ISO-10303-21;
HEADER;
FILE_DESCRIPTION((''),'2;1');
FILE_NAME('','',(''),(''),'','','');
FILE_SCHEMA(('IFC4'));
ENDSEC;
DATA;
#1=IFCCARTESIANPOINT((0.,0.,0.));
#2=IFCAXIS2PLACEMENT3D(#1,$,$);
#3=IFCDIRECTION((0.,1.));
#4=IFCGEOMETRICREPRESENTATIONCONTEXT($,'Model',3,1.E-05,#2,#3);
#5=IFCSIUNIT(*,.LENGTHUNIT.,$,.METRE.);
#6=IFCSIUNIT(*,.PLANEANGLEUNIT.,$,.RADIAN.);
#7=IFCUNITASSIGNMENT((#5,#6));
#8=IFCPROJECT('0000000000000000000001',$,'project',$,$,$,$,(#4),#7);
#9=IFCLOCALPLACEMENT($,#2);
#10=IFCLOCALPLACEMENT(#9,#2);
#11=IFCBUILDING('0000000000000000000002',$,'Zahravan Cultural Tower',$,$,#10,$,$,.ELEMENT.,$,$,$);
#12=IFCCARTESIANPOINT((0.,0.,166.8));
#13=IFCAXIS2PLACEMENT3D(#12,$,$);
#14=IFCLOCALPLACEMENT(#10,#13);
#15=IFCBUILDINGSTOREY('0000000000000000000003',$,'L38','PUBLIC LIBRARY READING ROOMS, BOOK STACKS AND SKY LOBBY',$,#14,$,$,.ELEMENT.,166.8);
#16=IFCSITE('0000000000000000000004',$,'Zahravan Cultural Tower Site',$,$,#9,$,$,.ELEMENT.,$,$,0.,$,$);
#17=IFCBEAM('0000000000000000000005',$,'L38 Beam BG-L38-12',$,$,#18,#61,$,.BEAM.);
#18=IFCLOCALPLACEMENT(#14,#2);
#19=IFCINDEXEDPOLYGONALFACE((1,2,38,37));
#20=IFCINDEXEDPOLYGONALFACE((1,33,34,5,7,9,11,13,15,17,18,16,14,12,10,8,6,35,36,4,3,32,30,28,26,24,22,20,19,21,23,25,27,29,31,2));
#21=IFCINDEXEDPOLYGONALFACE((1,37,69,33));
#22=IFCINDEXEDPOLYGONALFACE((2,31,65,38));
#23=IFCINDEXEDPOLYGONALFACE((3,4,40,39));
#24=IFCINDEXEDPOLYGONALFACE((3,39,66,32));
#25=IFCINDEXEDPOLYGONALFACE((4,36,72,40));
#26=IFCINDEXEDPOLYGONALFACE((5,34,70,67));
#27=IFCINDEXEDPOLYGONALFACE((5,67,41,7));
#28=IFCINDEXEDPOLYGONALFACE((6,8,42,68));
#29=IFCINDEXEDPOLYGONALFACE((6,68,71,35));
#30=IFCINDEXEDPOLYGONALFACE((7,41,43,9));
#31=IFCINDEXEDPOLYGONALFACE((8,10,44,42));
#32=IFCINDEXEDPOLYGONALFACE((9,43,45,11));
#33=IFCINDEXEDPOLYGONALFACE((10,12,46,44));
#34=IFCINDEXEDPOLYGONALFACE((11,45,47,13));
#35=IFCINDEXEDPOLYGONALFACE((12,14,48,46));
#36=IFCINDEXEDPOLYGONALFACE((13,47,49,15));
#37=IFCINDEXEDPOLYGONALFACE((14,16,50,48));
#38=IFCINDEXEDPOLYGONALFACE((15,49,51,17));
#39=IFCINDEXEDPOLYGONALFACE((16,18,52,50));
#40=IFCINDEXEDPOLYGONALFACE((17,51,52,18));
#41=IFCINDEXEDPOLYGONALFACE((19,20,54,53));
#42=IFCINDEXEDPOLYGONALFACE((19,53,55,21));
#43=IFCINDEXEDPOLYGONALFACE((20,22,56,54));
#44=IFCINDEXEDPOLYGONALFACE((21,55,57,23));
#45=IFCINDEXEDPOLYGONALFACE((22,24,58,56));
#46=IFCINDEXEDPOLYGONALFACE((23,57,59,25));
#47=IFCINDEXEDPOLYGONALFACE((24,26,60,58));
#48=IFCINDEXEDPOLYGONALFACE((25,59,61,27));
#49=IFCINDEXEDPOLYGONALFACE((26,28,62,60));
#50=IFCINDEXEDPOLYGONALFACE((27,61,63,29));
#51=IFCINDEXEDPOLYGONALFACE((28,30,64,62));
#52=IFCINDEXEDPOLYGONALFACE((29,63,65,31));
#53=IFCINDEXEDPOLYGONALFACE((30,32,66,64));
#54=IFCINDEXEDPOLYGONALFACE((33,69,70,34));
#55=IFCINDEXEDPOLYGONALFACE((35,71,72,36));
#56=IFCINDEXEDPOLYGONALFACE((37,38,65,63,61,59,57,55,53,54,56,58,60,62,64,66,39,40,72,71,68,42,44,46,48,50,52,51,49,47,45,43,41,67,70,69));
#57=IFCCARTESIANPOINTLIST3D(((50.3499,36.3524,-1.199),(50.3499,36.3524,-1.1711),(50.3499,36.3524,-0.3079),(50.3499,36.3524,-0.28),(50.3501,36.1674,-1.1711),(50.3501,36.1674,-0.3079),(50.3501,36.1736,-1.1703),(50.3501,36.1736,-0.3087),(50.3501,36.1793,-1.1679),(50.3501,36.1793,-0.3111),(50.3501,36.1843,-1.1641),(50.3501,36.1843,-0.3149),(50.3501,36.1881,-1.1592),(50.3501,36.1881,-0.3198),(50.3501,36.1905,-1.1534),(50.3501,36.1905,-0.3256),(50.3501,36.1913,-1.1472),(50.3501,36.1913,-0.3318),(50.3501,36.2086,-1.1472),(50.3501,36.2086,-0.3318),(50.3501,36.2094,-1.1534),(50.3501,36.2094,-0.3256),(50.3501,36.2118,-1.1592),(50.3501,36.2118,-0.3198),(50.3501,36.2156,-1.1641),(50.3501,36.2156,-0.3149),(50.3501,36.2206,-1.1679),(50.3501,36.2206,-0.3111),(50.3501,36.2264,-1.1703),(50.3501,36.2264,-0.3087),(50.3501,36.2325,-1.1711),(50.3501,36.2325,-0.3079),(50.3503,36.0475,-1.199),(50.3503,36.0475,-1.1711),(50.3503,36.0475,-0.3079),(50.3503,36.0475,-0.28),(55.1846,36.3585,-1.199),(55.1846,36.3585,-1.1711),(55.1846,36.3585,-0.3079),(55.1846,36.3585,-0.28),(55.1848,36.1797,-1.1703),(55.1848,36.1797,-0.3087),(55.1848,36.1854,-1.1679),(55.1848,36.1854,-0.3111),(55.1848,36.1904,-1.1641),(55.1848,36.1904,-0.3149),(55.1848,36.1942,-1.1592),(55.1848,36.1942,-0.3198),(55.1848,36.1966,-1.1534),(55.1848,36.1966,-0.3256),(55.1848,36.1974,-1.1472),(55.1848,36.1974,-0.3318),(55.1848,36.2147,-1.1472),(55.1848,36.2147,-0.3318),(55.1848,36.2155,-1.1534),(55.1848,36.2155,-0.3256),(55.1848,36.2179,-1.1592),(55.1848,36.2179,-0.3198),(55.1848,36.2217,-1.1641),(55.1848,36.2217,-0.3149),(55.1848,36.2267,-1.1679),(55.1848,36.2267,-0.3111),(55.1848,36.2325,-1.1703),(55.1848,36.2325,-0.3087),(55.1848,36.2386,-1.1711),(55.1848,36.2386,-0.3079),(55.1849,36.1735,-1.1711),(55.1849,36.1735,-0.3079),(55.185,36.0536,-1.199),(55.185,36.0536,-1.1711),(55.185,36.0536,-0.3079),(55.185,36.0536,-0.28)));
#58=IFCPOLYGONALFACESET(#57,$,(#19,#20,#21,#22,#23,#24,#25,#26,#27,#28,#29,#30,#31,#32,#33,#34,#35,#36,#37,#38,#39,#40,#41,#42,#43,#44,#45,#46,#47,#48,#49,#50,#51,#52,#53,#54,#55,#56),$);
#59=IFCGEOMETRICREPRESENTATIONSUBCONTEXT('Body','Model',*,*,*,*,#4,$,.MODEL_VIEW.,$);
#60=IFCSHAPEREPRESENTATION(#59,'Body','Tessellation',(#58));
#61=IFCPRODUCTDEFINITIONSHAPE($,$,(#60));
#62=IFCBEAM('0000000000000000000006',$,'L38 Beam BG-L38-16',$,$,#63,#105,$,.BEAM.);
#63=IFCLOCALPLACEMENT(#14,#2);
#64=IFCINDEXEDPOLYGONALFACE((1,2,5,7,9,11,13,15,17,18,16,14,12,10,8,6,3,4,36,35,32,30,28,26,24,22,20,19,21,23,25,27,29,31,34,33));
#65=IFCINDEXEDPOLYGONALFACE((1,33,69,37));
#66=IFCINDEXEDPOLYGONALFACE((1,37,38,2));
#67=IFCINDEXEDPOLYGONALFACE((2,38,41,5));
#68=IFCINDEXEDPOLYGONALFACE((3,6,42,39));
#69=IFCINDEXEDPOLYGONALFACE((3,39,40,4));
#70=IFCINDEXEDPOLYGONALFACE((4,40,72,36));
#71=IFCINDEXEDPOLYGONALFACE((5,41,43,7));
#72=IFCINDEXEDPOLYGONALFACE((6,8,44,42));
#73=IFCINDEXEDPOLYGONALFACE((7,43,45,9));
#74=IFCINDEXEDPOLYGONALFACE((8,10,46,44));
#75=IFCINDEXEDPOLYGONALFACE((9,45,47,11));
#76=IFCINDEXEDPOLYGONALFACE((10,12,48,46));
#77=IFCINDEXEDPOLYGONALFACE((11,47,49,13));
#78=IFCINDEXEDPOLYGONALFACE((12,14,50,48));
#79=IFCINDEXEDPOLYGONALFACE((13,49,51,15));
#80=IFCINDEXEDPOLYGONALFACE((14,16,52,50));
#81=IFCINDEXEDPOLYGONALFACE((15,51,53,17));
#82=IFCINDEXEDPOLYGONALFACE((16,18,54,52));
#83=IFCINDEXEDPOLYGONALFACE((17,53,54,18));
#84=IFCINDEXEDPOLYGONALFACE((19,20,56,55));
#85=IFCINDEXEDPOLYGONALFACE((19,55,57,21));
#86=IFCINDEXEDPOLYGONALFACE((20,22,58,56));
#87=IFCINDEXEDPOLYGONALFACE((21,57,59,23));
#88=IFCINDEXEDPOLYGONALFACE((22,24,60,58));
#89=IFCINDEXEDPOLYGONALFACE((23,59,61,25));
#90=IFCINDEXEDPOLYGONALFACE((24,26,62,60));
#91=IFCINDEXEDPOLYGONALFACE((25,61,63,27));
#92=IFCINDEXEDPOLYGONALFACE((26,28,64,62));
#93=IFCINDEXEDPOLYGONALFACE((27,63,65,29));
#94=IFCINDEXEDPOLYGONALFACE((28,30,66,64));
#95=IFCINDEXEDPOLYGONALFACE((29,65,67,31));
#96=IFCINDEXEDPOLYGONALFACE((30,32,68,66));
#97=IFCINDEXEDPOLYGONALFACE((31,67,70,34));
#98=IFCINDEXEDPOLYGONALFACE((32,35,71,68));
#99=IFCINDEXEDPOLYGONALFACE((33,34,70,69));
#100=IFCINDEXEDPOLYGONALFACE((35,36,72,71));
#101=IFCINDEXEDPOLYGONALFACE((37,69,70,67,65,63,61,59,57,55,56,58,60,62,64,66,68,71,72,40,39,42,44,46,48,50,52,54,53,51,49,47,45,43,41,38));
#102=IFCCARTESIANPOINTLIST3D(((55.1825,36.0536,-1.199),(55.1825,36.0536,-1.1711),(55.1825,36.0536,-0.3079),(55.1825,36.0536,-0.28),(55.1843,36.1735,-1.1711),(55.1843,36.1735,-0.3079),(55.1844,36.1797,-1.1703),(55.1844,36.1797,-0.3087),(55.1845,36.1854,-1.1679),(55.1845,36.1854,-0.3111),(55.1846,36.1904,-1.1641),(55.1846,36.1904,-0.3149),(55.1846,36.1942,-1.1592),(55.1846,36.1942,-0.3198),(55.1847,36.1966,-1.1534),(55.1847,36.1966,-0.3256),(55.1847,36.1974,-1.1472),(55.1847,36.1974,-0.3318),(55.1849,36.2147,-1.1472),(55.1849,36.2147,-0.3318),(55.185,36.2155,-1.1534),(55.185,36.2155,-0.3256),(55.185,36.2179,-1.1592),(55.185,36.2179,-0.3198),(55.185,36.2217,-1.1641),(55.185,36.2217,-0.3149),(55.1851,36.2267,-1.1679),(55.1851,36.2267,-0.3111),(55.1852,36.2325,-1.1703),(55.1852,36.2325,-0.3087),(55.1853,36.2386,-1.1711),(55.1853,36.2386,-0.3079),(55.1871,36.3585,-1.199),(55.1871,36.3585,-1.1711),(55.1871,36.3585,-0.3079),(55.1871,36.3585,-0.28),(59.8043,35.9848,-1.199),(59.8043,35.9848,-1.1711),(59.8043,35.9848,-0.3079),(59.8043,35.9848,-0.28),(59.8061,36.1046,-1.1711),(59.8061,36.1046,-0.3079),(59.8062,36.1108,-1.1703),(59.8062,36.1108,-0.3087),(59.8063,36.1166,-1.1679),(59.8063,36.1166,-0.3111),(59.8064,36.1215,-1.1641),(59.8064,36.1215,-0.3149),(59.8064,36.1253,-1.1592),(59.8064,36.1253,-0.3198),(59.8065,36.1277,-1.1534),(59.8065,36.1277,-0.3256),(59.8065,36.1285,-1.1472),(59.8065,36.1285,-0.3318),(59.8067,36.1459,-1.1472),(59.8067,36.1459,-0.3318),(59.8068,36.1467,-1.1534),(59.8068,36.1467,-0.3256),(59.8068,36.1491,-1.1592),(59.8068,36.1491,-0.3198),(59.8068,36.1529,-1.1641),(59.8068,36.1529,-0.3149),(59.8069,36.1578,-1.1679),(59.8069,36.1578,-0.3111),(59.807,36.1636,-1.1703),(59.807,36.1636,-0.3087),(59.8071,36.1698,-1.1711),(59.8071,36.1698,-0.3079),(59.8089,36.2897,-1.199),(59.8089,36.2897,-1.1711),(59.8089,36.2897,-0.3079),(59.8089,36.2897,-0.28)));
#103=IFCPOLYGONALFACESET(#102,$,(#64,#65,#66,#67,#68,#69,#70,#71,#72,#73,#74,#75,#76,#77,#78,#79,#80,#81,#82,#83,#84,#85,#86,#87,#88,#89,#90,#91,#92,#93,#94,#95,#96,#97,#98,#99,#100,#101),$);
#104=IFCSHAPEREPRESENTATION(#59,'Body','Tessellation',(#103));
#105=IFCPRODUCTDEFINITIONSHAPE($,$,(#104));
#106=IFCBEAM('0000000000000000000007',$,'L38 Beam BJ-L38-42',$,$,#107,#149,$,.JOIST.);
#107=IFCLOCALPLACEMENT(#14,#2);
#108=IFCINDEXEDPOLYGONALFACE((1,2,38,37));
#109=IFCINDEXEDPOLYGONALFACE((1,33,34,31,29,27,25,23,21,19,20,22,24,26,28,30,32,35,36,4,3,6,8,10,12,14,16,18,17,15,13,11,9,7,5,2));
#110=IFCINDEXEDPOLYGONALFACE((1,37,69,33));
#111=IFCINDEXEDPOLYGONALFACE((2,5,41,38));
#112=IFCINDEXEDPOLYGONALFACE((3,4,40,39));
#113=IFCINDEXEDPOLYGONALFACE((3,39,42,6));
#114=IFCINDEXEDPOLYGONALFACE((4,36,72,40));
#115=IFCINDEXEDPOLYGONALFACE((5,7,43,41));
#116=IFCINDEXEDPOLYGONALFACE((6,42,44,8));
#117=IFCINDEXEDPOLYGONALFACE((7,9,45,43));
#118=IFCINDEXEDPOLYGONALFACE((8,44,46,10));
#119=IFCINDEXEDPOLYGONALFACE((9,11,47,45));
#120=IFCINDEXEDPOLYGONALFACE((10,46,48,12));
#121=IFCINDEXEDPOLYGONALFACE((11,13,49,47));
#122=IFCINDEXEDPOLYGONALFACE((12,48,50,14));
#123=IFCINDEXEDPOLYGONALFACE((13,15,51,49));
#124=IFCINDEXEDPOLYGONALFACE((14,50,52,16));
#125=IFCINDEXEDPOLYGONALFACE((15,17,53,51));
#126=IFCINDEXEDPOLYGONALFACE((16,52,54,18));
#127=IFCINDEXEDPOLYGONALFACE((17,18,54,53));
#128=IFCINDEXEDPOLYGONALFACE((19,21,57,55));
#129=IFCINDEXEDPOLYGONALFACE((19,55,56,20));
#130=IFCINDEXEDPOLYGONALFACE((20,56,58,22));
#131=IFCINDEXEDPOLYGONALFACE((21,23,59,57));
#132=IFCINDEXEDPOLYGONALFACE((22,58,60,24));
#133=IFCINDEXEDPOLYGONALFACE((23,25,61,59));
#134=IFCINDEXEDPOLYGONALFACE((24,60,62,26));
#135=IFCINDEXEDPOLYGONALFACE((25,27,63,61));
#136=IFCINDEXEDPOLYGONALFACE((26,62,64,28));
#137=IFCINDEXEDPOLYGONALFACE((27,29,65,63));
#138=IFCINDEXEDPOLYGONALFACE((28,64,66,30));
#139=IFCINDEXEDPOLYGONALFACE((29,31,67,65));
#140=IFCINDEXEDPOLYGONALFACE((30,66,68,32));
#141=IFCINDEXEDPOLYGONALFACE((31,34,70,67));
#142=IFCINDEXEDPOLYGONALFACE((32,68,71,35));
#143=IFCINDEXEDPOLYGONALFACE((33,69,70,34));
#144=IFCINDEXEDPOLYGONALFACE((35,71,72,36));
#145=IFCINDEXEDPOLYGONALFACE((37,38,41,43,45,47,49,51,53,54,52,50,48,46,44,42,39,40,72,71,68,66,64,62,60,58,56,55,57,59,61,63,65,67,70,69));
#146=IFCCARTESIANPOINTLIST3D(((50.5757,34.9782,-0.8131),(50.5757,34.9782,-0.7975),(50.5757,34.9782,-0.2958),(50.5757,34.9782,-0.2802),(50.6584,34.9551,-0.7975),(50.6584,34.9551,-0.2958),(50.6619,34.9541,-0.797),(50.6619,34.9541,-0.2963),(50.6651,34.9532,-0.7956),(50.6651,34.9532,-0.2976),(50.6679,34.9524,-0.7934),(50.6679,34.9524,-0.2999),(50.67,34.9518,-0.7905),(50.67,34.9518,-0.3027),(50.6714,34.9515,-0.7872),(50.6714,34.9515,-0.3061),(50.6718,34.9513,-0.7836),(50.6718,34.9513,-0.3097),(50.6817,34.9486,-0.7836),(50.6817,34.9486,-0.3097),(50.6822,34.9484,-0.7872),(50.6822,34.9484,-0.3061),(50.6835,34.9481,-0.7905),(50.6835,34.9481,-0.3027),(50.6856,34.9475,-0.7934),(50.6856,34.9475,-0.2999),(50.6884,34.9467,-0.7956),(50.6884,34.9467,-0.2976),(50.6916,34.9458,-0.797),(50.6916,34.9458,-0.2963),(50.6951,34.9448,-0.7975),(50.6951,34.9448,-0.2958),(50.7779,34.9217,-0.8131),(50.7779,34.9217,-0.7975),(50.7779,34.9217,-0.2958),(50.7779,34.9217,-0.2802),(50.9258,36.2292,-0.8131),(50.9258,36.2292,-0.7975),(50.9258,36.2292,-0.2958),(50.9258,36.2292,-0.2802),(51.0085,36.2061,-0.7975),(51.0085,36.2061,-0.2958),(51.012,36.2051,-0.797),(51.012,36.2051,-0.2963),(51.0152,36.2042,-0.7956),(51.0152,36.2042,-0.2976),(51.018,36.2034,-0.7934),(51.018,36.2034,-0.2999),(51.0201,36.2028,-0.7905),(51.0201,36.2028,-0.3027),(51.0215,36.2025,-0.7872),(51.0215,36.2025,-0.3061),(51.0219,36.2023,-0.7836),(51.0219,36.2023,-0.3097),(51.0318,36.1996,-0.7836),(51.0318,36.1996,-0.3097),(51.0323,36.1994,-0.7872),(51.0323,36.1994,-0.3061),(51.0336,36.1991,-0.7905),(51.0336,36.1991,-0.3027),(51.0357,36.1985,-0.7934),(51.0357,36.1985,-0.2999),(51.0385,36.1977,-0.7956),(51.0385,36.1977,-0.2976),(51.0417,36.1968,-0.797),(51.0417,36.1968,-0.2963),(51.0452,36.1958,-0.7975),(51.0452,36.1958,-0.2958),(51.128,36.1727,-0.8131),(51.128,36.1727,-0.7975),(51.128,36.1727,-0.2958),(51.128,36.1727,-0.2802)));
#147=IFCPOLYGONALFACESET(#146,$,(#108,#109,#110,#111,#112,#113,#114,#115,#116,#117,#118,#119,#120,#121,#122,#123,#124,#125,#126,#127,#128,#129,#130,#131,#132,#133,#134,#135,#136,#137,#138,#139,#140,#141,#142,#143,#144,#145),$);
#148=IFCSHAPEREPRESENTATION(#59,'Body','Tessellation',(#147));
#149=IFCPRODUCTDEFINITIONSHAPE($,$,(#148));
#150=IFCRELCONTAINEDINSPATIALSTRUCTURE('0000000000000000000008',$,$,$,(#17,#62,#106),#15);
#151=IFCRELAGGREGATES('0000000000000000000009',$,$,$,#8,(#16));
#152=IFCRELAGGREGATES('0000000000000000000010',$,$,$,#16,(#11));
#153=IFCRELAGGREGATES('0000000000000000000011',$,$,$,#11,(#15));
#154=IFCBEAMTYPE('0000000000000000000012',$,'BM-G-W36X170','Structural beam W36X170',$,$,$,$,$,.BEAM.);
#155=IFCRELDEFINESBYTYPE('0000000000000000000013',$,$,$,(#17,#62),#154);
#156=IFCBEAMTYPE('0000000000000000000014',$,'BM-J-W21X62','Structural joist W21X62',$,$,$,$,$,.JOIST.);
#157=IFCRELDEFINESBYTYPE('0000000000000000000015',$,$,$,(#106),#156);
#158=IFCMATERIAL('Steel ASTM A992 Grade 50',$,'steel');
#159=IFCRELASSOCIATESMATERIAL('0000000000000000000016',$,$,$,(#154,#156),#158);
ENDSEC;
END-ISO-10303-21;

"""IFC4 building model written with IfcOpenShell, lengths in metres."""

from ifc_helpers import new_model, si_unit, direction, frame, origin, origin_2d, place, context, subcontext, project, spatial, i_section, extrude, source, transform, mapped, material, material_profile, profile_set, type_object, element, save


model = new_model("IFC4")

# Units and contexts
model_context = context("Model", 3, precision=1e-05, world=origin(), true_north=direction((0.0, 1.0)))
body_context = subcontext(model_context, "Body", "Model", "MODEL_VIEW")
ifc_project = project(units=[si_unit("LENGTHUNIT", "METRE"), si_unit("PLANEANGLEUNIT", "RADIAN")], contexts=[model_context])

# Site, building, storey
site_placement = place(None, origin())
site = spatial("IfcSite", under=ifc_project, at=site_placement, Name="Zahravan Cultural Tower Site", CompositionType="ELEMENT", RefElevation=0.0)
building_placement = place(site_placement, origin())
building = spatial("IfcBuilding", under=site, at=building_placement, Name="Zahravan Cultural Tower", CompositionType="ELEMENT")
storey_placement = place(building_placement, frame((0.0, 0.0, 166.8)))
storey = spatial("IfcBuildingStorey", under=building, at=storey_placement, Name="L38", Description="PUBLIC LIBRARY READING ROOMS, BOOK STACKS AND SKY LOBBY", CompositionType="ELEMENT", Elevation=166.8)

# Shared definitions
ifc_material_1 = material(Name="Steel ASTM A992 Grade 50", Category="steel")

# Beams
ifc_material_profile_1 = material_profile(ifc_material_1, i_section(OverallWidth=0.3049, OverallDepth=0.9189, WebThickness=0.0173, FlangeThickness=0.0278, FilletRadius=0.0239, at=origin_2d()), Name="W36X170")
ifc_profile_set_1 = profile_set([ifc_material_profile_1], Name="Steel ASTM A992 Grade 50")
beam_type_1 = type_object("IfcBeamType", Name="BM-G-W36X170", Description="Structural beam W36X170", PredefinedType="BEAM", material=ifc_profile_set_1)
shared_shape_1 = source(origin(), body_context, "Body", "SweptSolid", [
    extrude(i_section(OverallWidth=0.3049, OverallDepth=0.9189, WebThickness=0.0173, FlangeThickness=0.0278, FilletRadius=0.0239, at=origin_2d()), origin(), (0.0, 0.0, 1.0), 4.8347),
])
beam_1_placement = place(storey_placement, frame((50.3501, 36.2, -0.7395), z_axis=(0.999999, 0.001262, 0.0), x_axis=(-0.001262, 0.999999, 0.0)))
element("IfcBeam", 1, at=beam_1_placement, inside=storey, type_object=beam_type_1, Name="L38 Beam BG-L38-12", PredefinedType="BEAM", context=body_context, shape_type="MappedRepresentation", body=[
    mapped(shared_shape_1, transform((0.0, 0.0, 0.0), x_axis=(1.0, 0.0, 0.0), y_axis=(0.0, 1.0, 0.0), z_axis=(0.0, 0.0, 1.0), scale=1.0)),
])
shared_shape_2 = source(origin(), body_context, "Body", "SweptSolid", [
    extrude(i_section(OverallWidth=0.3049, OverallDepth=0.9189, WebThickness=0.0173, FlangeThickness=0.0278, FilletRadius=0.0239, at=origin_2d()), origin(), (0.0, 0.0, 1.0), 4.6223),
])
beam_2_placement = place(storey_placement, frame((55.1848, 36.2061, -0.7395), z_axis=(0.999889, -0.014895, 0.0), x_axis=(0.014895, 0.999889, 0.0)))
element("IfcBeam", 2, at=beam_2_placement, inside=storey, type_object=beam_type_1, Name="L38 Beam BG-L38-16", PredefinedType="BEAM", context=body_context, shape_type="MappedRepresentation", body=[
    mapped(shared_shape_2, transform((0.0, 0.0, 0.0), x_axis=(1.0, 0.0, 0.0), y_axis=(0.0, 1.0, 0.0), z_axis=(0.0, 0.0, 1.0), scale=1.0)),
])
ifc_material_profile_2 = material_profile(ifc_material_1, i_section(OverallWidth=0.21, OverallDepth=0.533, WebThickness=0.0103, FlangeThickness=0.0156, FilletRadius=0.0139, at=origin_2d()), Name="W21X62")
ifc_profile_set_2 = profile_set([ifc_material_profile_2], Name="Steel ASTM A992 Grade 50")
beam_type_2 = type_object("IfcBeamType", Name="BM-J-W21X62", Description="Structural joist W21X62", PredefinedType="JOIST", material=ifc_profile_set_2)
shared_shape_3 = source(origin(), body_context, "Body", "SweptSolid", [
    extrude(i_section(OverallWidth=0.21, OverallDepth=0.533, WebThickness=0.0103, FlangeThickness=0.0156, FilletRadius=0.0139, at=origin_2d()), origin(), (0.0, 0.0, 1.0), 1.2991),
])
beam_3_placement = place(storey_placement, frame((50.6768, 34.95, -0.5466), z_axis=(0.269504, 0.962999, 0.0), x_axis=(-0.962999, 0.269504, 0.0)))
element("IfcBeam", 3, at=beam_3_placement, inside=storey, type_object=beam_type_2, Name="L38 Beam BJ-L38-42", PredefinedType="JOIST", context=body_context, shape_type="MappedRepresentation", body=[
    mapped(shared_shape_3, transform((0.0, 0.0, 0.0), x_axis=(1.0, 0.0, 0.0), y_axis=(0.0, 1.0, 0.0), z_axis=(0.0, 0.0, 1.0), scale=1.0)),
])

save(model, "model.ifc")
